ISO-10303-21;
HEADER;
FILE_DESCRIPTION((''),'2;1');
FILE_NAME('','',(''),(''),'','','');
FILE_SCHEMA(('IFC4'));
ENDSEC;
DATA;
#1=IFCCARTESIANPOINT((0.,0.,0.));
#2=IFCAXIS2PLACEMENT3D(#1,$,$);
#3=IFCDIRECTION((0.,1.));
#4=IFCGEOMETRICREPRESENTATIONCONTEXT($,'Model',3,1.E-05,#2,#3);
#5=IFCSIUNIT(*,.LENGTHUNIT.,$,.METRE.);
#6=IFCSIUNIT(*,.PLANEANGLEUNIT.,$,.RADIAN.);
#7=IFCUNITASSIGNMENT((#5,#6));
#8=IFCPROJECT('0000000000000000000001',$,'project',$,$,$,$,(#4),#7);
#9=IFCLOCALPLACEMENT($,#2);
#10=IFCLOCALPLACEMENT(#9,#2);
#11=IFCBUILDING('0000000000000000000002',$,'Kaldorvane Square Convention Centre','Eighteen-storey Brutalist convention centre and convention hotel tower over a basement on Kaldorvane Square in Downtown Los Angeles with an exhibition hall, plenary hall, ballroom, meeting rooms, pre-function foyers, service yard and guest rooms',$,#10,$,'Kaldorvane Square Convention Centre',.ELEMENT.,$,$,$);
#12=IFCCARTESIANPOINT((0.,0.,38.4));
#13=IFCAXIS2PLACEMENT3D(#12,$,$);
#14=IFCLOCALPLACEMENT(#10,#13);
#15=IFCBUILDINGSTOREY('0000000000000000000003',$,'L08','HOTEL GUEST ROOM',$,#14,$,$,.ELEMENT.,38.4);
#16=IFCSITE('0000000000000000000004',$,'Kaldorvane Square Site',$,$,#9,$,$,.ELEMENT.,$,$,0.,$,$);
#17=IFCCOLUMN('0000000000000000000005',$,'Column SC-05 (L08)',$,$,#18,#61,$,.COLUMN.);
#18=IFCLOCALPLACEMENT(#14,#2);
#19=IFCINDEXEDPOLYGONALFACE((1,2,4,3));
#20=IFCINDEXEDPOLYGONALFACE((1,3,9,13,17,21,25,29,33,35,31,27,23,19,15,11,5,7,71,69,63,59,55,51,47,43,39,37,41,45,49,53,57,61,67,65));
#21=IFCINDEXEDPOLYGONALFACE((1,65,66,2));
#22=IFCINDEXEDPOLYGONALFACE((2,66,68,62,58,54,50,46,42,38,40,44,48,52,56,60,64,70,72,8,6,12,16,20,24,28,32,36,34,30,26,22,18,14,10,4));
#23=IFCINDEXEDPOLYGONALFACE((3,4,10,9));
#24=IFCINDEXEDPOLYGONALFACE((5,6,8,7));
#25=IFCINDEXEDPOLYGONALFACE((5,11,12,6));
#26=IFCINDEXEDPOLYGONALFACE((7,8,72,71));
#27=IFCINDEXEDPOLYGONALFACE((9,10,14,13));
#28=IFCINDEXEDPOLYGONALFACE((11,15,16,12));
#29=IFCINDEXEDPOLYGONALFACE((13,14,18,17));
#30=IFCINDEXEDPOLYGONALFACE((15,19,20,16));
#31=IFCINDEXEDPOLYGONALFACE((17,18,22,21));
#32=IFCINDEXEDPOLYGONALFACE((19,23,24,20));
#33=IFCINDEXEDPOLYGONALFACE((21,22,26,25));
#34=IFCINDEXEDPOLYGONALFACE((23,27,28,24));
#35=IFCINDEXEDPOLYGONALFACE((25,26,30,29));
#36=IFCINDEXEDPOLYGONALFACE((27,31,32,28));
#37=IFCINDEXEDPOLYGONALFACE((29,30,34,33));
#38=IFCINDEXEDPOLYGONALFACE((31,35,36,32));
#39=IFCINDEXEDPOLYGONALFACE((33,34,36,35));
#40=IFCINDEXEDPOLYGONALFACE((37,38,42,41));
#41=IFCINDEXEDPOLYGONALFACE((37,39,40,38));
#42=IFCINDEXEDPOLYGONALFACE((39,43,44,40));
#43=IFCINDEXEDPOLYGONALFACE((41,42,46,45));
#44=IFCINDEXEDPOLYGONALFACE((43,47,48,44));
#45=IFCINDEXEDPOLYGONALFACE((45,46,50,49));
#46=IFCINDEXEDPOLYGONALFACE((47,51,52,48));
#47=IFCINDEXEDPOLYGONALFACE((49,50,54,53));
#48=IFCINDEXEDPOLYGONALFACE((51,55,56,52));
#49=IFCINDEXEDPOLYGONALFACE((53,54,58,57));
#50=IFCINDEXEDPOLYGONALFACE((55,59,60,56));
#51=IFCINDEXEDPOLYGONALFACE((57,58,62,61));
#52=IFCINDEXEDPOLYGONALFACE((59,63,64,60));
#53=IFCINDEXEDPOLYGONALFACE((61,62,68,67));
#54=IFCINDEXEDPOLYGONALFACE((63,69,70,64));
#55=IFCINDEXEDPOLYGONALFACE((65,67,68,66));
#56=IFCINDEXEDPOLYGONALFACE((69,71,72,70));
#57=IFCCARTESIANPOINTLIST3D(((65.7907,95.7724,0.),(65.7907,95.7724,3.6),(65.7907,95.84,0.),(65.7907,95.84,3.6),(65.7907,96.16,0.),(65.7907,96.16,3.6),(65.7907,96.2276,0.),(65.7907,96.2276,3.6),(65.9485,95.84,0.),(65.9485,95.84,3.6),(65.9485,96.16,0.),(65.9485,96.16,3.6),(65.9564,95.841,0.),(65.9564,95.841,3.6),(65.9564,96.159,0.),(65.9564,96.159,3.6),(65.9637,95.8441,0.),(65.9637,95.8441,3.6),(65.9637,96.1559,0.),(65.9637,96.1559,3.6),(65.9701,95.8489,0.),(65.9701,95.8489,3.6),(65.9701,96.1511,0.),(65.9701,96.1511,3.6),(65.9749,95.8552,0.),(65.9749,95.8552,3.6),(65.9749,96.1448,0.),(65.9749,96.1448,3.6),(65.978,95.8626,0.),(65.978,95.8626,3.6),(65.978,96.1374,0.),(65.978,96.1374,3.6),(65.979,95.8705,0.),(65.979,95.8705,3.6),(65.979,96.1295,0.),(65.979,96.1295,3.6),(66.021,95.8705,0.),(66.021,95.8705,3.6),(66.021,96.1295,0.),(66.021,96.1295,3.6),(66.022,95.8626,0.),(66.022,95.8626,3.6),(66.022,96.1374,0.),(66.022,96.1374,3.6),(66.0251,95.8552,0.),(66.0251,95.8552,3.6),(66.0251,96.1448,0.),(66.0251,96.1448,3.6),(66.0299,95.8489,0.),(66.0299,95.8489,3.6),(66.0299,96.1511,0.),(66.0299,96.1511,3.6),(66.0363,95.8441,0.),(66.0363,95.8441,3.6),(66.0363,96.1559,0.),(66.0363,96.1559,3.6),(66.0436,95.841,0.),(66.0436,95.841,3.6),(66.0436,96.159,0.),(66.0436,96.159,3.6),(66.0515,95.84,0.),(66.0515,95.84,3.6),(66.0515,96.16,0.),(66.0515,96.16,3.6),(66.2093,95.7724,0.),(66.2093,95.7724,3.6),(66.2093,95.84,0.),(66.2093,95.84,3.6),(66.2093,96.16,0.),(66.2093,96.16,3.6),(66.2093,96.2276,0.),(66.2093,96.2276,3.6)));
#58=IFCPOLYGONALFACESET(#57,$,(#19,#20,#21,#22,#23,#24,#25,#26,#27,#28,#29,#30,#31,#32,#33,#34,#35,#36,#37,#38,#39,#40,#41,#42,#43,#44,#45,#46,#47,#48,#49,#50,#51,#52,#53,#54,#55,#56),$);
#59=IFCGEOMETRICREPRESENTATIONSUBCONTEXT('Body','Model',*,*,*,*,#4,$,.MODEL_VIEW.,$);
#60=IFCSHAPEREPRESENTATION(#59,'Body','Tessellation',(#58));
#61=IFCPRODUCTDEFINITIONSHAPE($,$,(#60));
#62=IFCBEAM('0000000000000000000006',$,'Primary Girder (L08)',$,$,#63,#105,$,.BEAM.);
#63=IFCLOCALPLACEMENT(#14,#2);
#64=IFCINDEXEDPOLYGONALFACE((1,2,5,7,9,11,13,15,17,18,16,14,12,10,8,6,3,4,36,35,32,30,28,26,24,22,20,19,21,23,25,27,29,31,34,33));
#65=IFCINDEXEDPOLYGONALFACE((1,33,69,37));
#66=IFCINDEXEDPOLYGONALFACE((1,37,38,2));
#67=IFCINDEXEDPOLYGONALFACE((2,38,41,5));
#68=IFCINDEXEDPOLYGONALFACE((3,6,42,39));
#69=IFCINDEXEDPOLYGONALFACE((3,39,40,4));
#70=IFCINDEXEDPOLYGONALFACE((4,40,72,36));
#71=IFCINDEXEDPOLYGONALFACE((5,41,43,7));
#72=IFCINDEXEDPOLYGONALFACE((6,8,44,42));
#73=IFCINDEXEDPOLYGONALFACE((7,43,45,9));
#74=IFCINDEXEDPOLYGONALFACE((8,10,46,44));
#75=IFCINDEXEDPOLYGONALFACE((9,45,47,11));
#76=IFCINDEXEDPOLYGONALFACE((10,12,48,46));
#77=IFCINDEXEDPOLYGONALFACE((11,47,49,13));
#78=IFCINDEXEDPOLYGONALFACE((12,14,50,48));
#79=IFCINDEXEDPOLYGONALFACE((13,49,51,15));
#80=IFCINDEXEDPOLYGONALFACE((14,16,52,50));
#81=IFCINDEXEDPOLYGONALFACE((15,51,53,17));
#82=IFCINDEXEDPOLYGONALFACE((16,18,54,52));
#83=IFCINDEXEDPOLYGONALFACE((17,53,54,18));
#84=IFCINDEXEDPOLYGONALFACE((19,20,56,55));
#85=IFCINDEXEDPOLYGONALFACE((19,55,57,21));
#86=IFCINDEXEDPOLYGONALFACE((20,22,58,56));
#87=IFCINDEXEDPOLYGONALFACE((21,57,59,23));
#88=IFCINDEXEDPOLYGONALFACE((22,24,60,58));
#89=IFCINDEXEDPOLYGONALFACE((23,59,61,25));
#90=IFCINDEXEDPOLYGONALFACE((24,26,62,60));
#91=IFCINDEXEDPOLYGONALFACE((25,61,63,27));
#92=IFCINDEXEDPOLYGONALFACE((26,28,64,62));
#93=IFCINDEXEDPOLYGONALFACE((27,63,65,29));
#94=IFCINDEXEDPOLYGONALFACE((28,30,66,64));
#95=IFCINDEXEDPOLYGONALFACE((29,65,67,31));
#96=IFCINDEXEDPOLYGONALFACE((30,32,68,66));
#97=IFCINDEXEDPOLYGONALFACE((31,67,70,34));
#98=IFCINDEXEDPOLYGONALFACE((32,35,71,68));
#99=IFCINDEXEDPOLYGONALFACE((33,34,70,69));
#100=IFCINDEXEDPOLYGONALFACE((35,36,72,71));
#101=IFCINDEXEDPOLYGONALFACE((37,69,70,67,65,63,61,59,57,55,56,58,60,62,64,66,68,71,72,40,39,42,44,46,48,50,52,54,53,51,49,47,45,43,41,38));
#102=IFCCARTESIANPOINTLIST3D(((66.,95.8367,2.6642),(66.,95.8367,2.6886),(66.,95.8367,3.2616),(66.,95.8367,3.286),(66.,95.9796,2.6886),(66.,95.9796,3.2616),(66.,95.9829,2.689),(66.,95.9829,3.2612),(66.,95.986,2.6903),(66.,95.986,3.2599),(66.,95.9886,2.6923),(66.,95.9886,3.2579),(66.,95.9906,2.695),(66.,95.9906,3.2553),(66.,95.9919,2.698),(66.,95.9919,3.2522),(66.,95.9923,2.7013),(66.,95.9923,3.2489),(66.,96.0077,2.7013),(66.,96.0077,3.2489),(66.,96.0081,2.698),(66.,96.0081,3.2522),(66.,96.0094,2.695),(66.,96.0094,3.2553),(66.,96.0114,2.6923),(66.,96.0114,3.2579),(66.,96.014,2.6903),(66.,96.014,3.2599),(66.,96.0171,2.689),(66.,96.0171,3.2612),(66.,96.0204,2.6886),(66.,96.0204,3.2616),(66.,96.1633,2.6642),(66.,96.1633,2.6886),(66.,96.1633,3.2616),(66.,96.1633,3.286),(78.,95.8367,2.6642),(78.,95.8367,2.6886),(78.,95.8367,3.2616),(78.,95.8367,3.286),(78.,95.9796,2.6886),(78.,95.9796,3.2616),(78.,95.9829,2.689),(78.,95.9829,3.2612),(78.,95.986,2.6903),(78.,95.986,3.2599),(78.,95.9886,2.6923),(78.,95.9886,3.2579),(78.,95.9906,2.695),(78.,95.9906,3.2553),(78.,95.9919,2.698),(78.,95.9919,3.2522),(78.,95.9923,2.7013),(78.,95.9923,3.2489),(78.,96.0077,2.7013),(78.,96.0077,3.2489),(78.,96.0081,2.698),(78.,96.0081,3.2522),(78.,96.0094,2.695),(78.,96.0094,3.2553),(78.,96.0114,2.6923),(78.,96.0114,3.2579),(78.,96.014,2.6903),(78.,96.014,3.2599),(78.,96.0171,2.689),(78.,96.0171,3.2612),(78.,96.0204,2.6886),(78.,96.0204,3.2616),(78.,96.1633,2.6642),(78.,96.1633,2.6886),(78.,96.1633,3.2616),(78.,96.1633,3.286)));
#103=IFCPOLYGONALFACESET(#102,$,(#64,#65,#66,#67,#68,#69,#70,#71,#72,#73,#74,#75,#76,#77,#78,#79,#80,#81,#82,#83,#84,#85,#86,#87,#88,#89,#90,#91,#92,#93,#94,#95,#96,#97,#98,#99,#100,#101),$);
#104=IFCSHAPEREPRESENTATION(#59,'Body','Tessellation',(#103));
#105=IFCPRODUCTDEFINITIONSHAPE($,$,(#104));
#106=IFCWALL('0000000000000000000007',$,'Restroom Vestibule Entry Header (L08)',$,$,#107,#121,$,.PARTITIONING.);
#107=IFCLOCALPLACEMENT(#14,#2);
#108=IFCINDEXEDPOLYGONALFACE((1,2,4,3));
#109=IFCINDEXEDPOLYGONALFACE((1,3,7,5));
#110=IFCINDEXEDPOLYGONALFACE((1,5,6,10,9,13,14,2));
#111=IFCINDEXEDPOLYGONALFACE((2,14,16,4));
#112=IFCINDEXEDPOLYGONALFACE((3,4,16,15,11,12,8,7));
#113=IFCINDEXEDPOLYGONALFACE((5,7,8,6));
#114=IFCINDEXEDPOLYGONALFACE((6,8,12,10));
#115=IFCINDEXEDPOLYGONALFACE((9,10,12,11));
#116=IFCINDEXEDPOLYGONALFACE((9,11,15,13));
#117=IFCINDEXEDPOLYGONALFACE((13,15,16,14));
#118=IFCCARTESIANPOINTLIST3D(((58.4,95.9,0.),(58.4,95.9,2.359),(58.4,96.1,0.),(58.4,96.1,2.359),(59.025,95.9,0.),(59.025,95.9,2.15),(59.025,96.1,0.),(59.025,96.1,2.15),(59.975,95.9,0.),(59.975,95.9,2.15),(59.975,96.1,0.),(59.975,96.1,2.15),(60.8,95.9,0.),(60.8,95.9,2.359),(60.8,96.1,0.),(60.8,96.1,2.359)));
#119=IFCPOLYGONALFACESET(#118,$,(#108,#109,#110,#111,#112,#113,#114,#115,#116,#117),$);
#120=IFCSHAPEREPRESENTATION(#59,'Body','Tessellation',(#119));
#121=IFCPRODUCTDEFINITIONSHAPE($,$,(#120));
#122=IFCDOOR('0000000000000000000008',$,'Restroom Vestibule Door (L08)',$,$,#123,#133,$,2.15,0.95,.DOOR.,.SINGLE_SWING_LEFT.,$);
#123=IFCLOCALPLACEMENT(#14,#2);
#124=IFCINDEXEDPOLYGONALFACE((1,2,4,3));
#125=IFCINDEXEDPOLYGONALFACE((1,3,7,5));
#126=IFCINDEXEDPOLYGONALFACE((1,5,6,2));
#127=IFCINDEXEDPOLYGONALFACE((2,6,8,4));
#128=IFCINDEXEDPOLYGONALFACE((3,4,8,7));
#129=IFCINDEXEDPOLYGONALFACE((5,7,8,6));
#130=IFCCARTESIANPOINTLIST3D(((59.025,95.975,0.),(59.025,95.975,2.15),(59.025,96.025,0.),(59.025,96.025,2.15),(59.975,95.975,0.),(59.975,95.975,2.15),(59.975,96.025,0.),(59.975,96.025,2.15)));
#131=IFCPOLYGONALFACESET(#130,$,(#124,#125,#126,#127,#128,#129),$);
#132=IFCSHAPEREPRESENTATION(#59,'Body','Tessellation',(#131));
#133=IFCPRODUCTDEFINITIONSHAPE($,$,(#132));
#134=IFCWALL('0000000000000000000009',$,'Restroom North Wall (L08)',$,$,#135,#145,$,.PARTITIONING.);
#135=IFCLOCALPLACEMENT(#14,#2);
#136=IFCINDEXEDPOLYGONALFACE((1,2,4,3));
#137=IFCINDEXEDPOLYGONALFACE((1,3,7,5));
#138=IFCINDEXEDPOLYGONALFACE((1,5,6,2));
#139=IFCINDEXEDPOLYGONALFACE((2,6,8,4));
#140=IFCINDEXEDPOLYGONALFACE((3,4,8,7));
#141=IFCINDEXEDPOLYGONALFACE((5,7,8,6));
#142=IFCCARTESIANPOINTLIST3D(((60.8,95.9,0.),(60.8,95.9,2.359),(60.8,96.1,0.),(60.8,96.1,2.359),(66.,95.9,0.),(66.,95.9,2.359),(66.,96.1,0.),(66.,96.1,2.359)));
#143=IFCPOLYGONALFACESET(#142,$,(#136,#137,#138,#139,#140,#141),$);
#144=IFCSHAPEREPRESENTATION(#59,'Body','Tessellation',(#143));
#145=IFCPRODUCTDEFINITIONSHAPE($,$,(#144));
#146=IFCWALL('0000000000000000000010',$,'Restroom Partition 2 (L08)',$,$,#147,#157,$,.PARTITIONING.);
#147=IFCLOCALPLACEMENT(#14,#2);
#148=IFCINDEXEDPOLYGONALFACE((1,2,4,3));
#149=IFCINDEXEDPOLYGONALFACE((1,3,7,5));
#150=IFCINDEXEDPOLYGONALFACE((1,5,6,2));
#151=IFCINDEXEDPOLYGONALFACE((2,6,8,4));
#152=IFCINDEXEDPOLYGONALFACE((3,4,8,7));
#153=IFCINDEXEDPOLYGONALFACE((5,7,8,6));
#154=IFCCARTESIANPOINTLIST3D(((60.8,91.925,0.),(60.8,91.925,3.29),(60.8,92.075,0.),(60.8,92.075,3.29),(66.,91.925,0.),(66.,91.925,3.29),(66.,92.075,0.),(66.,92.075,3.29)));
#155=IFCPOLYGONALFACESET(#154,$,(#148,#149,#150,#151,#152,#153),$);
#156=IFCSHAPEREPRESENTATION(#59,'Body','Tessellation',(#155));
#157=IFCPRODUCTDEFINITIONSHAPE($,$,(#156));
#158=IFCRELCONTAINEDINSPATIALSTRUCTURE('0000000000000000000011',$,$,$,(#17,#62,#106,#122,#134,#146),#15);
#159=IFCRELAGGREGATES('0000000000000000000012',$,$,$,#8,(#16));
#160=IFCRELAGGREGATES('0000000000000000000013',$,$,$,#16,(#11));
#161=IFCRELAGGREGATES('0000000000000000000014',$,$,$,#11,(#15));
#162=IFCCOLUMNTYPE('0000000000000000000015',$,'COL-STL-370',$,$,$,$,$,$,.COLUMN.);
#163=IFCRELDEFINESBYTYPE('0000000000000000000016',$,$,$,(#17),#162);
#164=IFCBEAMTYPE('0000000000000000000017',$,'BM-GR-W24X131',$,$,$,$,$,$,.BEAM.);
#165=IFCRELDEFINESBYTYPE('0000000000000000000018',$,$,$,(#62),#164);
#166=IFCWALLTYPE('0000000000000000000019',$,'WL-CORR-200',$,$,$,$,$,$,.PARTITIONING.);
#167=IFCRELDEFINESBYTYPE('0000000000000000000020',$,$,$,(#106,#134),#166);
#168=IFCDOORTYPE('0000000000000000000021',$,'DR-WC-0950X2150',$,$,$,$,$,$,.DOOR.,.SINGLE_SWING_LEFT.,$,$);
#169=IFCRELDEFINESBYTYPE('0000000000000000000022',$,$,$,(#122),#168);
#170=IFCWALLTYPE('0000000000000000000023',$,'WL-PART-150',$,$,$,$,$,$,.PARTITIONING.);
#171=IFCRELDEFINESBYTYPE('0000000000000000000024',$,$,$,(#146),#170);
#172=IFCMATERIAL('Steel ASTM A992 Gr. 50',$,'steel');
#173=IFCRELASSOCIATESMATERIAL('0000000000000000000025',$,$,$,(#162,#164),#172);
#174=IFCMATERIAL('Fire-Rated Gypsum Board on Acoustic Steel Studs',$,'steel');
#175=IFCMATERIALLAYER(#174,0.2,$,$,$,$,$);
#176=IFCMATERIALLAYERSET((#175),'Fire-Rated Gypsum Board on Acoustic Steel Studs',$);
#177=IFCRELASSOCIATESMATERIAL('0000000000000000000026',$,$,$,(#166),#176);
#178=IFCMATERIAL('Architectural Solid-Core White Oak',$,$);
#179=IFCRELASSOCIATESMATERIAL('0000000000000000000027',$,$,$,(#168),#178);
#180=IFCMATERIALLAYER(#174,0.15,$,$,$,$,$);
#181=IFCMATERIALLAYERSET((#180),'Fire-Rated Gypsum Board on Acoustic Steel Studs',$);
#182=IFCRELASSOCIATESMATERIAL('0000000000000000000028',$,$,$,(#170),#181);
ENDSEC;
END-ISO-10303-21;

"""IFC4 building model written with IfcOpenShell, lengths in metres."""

from ifc_helpers import new_model, si_unit, direction, frame, frame_2d, origin, origin_2d, place, context, subcontext, project, spatial, rectangle, i_section, extrude, material, layer, layer_set, material_profile, profile_set, type_object, element, fill, save


model = new_model("IFC4")

# Units and contexts
model_context = context("Model", 3, precision=1e-05, world=origin(), true_north=direction((0.0, 1.0)))
body_context = subcontext(model_context, "Body", "Model", "MODEL_VIEW")
ifc_project = project(units=[si_unit("LENGTHUNIT", "METRE"), si_unit("PLANEANGLEUNIT", "RADIAN")], contexts=[model_context])

# Site, building, storey
site_placement = place(None, origin())
site = spatial("IfcSite", under=ifc_project, at=site_placement, Name="Kaldorvane Square Site", CompositionType="ELEMENT", RefElevation=0.0)
building_placement = place(site_placement, origin())
building = spatial("IfcBuilding", under=site, at=building_placement, Name="Kaldorvane Square Convention Centre", Description="Eighteen-storey Brutalist convention centre and convention hotel tower over a basement on Kaldorvane Square in Downtown Los Angeles with an exhibition hall, plenary hall, ballroom, meeting rooms, pre-function foyers, service yard and guest rooms", LongName="Kaldorvane Square Convention Centre", CompositionType="ELEMENT")
storey_placement = place(building_placement, frame((0.0, 0.0, 38.4)))
storey = spatial("IfcBuildingStorey", under=building, at=storey_placement, Name="L08", Description="HOTEL GUEST ROOM", CompositionType="ELEMENT", Elevation=38.4)

# Column
ifc_material_1 = material(Name="Steel ASTM A992 Gr. 50", Category="steel")
ifc_material_profile_1 = material_profile(ifc_material_1, i_section(OverallWidth=0.4185, OverallDepth=0.4552, WebThickness=0.042, FlangeThickness=0.0676, FilletRadius=0.0305, at=origin_2d()), Name="W14X370")
ifc_profile_set_1 = profile_set([ifc_material_profile_1], Name="Steel ASTM A992 Gr. 50")
column_type = type_object("IfcColumnType", Name="COL-STL-370", PredefinedType="COLUMN", material=ifc_profile_set_1)
column_placement = place(storey_placement, frame((66.0, 96.0, 0.0), z_axis=(0.0, 0.0, 1.0), x_axis=(1.0, 0.0, 0.0)))
element("IfcColumn", 1, at=column_placement, inside=storey, type_object=column_type, Name="Column SC-05 (L08)", PredefinedType="COLUMN", context=body_context, shape_type="SweptSolid", body=[
    extrude(i_section(OverallWidth=0.4185, OverallDepth=0.4552, WebThickness=0.042, FlangeThickness=0.0676, FilletRadius=0.0305, at=origin_2d()), origin(), (0.0, 0.0, 1.0), 3.6),
])

# Beam
ifc_material_profile_2 = material_profile(ifc_material_1, i_section(OverallWidth=0.3265, OverallDepth=0.6218, WebThickness=0.0154, FlangeThickness=0.0244, FilletRadius=0.0127, at=origin_2d()), Name="W24X131")
ifc_profile_set_2 = profile_set([ifc_material_profile_2], Name="Steel ASTM A992 Gr. 50")
beam_type = type_object("IfcBeamType", Name="BM-GR-W24X131", PredefinedType="BEAM", material=ifc_profile_set_2)
beam_placement = place(storey_placement, frame((66.0, 96.0, 2.9751), z_axis=(1.0, 0.0, 0.0), x_axis=(0.0, 1.0, 0.0)))
element("IfcBeam", 2, at=beam_placement, inside=storey, type_object=beam_type, Name="Primary Girder (L08)", PredefinedType="BEAM", context=body_context, shape_type="SweptSolid", body=[
    extrude(i_section(OverallWidth=0.3265, OverallDepth=0.6218, WebThickness=0.0154, FlangeThickness=0.0244, FilletRadius=0.0127, at=origin_2d()), origin(), (0.0, 0.0, 1.0), 12.0),
])

# Wall, opening, door
ifc_material_2 = material(Name="Fire-Rated Gypsum Board on Acoustic Steel Studs", Category="steel")
ifc_layer_1 = layer(ifc_material_2, 0.2)
ifc_layer_set_1 = layer_set([ifc_layer_1], Name="Fire-Rated Gypsum Board on Acoustic Steel Studs")
wall_type_1 = type_object("IfcWallType", Name="WL-CORR-200", PredefinedType="PARTITIONING", material=ifc_layer_set_1)
wall_1_placement = place(storey_placement, frame((58.4, 96.0, 0.0), z_axis=(0.0, 0.0, 1.0), x_axis=(1.0, 0.0, 0.0)))
wall_1 = element("IfcWall", 3, at=wall_1_placement, inside=storey, type_object=wall_type_1, Name="Restroom Vestibule Entry Header (L08)", PredefinedType="PARTITIONING", context=body_context, shape_type="SweptSolid", body=[
    extrude(rectangle(XDim=2.4, YDim=0.2, at=frame_2d((1.2, 0.0))), origin(), (0.0, 0.0, 1.0), 2.359),
])
opening_1_placement = place(wall_1_placement, frame((0.625, 0.0, 0.0)))
opening_1 = element("IfcOpeningElement", 4, at=opening_1_placement, cuts=wall_1, PredefinedType="OPENING", context=body_context, shape_type="SweptSolid", body=[
    extrude(rectangle(XDim=0.95, YDim=2.15, at=frame_2d((0.475, 1.075))), frame((0.0, 0.115, 0.0), z_axis=(0.0, -1.0, 0.0), x_axis=(1.0, 0.0, 0.0)), (0.0, 0.0, 1.0), 0.23),
])
ifc_material_3 = material(Name="Architectural Solid-Core White Oak")
door_type_1 = type_object("IfcDoorType", Name="DR-WC-0950X2150", OperationType="SINGLE_SWING_LEFT", PredefinedType="DOOR", material=ifc_material_3)
door_1_placement = place(opening_1_placement, origin())
door_1 = element("IfcDoor", 5, at=door_1_placement, inside=storey, type_object=door_type_1, Name="Restroom Vestibule Door (L08)", OperationType="SINGLE_SWING_LEFT", OverallHeight=2.15, OverallWidth=0.95, PredefinedType="DOOR", context=body_context, shape_type="SweptSolid", body=[
    extrude(rectangle(XDim=0.95, YDim=2.15, at=frame_2d((0.475, 1.075))), frame((0.0, 0.025, 0.0), z_axis=(0.0, -1.0, 0.0), x_axis=(1.0, 0.0, 0.0)), (0.0, 0.0, 1.0), 0.05),
])
fill(opening_1, door_1)

# Walls
wall_2_placement = place(storey_placement, frame((60.8, 96.0, 0.0), z_axis=(0.0, 0.0, 1.0), x_axis=(1.0, 0.0, 0.0)))
element("IfcWall", 6, at=wall_2_placement, inside=storey, type_object=wall_type_1, Name="Restroom North Wall (L08)", PredefinedType="PARTITIONING", context=body_context, shape_type="SweptSolid", body=[
    extrude(rectangle(XDim=5.2, YDim=0.2, at=frame_2d((2.6, 0.0))), origin(), (0.0, 0.0, 1.0), 2.359),
])
ifc_layer_2 = layer(ifc_material_2, 0.15)
ifc_layer_set_2 = layer_set([ifc_layer_2], Name="Fire-Rated Gypsum Board on Acoustic Steel Studs")
wall_type_2 = type_object("IfcWallType", Name="WL-PART-150", PredefinedType="PARTITIONING", material=ifc_layer_set_2)
wall_3_placement = place(storey_placement, frame((60.8, 92.0, 0.0), z_axis=(0.0, 0.0, 1.0), x_axis=(1.0, 0.0, 0.0)))
element("IfcWall", 7, at=wall_3_placement, inside=storey, type_object=wall_type_2, Name="Restroom Partition 2 (L08)", PredefinedType="PARTITIONING", context=body_context, shape_type="SweptSolid", body=[
    extrude(rectangle(XDim=5.2, YDim=0.15, at=frame_2d((2.6, 0.0))), origin(), (0.0, 0.0, 1.0), 3.29),
])

save(model, "model.ifc")
